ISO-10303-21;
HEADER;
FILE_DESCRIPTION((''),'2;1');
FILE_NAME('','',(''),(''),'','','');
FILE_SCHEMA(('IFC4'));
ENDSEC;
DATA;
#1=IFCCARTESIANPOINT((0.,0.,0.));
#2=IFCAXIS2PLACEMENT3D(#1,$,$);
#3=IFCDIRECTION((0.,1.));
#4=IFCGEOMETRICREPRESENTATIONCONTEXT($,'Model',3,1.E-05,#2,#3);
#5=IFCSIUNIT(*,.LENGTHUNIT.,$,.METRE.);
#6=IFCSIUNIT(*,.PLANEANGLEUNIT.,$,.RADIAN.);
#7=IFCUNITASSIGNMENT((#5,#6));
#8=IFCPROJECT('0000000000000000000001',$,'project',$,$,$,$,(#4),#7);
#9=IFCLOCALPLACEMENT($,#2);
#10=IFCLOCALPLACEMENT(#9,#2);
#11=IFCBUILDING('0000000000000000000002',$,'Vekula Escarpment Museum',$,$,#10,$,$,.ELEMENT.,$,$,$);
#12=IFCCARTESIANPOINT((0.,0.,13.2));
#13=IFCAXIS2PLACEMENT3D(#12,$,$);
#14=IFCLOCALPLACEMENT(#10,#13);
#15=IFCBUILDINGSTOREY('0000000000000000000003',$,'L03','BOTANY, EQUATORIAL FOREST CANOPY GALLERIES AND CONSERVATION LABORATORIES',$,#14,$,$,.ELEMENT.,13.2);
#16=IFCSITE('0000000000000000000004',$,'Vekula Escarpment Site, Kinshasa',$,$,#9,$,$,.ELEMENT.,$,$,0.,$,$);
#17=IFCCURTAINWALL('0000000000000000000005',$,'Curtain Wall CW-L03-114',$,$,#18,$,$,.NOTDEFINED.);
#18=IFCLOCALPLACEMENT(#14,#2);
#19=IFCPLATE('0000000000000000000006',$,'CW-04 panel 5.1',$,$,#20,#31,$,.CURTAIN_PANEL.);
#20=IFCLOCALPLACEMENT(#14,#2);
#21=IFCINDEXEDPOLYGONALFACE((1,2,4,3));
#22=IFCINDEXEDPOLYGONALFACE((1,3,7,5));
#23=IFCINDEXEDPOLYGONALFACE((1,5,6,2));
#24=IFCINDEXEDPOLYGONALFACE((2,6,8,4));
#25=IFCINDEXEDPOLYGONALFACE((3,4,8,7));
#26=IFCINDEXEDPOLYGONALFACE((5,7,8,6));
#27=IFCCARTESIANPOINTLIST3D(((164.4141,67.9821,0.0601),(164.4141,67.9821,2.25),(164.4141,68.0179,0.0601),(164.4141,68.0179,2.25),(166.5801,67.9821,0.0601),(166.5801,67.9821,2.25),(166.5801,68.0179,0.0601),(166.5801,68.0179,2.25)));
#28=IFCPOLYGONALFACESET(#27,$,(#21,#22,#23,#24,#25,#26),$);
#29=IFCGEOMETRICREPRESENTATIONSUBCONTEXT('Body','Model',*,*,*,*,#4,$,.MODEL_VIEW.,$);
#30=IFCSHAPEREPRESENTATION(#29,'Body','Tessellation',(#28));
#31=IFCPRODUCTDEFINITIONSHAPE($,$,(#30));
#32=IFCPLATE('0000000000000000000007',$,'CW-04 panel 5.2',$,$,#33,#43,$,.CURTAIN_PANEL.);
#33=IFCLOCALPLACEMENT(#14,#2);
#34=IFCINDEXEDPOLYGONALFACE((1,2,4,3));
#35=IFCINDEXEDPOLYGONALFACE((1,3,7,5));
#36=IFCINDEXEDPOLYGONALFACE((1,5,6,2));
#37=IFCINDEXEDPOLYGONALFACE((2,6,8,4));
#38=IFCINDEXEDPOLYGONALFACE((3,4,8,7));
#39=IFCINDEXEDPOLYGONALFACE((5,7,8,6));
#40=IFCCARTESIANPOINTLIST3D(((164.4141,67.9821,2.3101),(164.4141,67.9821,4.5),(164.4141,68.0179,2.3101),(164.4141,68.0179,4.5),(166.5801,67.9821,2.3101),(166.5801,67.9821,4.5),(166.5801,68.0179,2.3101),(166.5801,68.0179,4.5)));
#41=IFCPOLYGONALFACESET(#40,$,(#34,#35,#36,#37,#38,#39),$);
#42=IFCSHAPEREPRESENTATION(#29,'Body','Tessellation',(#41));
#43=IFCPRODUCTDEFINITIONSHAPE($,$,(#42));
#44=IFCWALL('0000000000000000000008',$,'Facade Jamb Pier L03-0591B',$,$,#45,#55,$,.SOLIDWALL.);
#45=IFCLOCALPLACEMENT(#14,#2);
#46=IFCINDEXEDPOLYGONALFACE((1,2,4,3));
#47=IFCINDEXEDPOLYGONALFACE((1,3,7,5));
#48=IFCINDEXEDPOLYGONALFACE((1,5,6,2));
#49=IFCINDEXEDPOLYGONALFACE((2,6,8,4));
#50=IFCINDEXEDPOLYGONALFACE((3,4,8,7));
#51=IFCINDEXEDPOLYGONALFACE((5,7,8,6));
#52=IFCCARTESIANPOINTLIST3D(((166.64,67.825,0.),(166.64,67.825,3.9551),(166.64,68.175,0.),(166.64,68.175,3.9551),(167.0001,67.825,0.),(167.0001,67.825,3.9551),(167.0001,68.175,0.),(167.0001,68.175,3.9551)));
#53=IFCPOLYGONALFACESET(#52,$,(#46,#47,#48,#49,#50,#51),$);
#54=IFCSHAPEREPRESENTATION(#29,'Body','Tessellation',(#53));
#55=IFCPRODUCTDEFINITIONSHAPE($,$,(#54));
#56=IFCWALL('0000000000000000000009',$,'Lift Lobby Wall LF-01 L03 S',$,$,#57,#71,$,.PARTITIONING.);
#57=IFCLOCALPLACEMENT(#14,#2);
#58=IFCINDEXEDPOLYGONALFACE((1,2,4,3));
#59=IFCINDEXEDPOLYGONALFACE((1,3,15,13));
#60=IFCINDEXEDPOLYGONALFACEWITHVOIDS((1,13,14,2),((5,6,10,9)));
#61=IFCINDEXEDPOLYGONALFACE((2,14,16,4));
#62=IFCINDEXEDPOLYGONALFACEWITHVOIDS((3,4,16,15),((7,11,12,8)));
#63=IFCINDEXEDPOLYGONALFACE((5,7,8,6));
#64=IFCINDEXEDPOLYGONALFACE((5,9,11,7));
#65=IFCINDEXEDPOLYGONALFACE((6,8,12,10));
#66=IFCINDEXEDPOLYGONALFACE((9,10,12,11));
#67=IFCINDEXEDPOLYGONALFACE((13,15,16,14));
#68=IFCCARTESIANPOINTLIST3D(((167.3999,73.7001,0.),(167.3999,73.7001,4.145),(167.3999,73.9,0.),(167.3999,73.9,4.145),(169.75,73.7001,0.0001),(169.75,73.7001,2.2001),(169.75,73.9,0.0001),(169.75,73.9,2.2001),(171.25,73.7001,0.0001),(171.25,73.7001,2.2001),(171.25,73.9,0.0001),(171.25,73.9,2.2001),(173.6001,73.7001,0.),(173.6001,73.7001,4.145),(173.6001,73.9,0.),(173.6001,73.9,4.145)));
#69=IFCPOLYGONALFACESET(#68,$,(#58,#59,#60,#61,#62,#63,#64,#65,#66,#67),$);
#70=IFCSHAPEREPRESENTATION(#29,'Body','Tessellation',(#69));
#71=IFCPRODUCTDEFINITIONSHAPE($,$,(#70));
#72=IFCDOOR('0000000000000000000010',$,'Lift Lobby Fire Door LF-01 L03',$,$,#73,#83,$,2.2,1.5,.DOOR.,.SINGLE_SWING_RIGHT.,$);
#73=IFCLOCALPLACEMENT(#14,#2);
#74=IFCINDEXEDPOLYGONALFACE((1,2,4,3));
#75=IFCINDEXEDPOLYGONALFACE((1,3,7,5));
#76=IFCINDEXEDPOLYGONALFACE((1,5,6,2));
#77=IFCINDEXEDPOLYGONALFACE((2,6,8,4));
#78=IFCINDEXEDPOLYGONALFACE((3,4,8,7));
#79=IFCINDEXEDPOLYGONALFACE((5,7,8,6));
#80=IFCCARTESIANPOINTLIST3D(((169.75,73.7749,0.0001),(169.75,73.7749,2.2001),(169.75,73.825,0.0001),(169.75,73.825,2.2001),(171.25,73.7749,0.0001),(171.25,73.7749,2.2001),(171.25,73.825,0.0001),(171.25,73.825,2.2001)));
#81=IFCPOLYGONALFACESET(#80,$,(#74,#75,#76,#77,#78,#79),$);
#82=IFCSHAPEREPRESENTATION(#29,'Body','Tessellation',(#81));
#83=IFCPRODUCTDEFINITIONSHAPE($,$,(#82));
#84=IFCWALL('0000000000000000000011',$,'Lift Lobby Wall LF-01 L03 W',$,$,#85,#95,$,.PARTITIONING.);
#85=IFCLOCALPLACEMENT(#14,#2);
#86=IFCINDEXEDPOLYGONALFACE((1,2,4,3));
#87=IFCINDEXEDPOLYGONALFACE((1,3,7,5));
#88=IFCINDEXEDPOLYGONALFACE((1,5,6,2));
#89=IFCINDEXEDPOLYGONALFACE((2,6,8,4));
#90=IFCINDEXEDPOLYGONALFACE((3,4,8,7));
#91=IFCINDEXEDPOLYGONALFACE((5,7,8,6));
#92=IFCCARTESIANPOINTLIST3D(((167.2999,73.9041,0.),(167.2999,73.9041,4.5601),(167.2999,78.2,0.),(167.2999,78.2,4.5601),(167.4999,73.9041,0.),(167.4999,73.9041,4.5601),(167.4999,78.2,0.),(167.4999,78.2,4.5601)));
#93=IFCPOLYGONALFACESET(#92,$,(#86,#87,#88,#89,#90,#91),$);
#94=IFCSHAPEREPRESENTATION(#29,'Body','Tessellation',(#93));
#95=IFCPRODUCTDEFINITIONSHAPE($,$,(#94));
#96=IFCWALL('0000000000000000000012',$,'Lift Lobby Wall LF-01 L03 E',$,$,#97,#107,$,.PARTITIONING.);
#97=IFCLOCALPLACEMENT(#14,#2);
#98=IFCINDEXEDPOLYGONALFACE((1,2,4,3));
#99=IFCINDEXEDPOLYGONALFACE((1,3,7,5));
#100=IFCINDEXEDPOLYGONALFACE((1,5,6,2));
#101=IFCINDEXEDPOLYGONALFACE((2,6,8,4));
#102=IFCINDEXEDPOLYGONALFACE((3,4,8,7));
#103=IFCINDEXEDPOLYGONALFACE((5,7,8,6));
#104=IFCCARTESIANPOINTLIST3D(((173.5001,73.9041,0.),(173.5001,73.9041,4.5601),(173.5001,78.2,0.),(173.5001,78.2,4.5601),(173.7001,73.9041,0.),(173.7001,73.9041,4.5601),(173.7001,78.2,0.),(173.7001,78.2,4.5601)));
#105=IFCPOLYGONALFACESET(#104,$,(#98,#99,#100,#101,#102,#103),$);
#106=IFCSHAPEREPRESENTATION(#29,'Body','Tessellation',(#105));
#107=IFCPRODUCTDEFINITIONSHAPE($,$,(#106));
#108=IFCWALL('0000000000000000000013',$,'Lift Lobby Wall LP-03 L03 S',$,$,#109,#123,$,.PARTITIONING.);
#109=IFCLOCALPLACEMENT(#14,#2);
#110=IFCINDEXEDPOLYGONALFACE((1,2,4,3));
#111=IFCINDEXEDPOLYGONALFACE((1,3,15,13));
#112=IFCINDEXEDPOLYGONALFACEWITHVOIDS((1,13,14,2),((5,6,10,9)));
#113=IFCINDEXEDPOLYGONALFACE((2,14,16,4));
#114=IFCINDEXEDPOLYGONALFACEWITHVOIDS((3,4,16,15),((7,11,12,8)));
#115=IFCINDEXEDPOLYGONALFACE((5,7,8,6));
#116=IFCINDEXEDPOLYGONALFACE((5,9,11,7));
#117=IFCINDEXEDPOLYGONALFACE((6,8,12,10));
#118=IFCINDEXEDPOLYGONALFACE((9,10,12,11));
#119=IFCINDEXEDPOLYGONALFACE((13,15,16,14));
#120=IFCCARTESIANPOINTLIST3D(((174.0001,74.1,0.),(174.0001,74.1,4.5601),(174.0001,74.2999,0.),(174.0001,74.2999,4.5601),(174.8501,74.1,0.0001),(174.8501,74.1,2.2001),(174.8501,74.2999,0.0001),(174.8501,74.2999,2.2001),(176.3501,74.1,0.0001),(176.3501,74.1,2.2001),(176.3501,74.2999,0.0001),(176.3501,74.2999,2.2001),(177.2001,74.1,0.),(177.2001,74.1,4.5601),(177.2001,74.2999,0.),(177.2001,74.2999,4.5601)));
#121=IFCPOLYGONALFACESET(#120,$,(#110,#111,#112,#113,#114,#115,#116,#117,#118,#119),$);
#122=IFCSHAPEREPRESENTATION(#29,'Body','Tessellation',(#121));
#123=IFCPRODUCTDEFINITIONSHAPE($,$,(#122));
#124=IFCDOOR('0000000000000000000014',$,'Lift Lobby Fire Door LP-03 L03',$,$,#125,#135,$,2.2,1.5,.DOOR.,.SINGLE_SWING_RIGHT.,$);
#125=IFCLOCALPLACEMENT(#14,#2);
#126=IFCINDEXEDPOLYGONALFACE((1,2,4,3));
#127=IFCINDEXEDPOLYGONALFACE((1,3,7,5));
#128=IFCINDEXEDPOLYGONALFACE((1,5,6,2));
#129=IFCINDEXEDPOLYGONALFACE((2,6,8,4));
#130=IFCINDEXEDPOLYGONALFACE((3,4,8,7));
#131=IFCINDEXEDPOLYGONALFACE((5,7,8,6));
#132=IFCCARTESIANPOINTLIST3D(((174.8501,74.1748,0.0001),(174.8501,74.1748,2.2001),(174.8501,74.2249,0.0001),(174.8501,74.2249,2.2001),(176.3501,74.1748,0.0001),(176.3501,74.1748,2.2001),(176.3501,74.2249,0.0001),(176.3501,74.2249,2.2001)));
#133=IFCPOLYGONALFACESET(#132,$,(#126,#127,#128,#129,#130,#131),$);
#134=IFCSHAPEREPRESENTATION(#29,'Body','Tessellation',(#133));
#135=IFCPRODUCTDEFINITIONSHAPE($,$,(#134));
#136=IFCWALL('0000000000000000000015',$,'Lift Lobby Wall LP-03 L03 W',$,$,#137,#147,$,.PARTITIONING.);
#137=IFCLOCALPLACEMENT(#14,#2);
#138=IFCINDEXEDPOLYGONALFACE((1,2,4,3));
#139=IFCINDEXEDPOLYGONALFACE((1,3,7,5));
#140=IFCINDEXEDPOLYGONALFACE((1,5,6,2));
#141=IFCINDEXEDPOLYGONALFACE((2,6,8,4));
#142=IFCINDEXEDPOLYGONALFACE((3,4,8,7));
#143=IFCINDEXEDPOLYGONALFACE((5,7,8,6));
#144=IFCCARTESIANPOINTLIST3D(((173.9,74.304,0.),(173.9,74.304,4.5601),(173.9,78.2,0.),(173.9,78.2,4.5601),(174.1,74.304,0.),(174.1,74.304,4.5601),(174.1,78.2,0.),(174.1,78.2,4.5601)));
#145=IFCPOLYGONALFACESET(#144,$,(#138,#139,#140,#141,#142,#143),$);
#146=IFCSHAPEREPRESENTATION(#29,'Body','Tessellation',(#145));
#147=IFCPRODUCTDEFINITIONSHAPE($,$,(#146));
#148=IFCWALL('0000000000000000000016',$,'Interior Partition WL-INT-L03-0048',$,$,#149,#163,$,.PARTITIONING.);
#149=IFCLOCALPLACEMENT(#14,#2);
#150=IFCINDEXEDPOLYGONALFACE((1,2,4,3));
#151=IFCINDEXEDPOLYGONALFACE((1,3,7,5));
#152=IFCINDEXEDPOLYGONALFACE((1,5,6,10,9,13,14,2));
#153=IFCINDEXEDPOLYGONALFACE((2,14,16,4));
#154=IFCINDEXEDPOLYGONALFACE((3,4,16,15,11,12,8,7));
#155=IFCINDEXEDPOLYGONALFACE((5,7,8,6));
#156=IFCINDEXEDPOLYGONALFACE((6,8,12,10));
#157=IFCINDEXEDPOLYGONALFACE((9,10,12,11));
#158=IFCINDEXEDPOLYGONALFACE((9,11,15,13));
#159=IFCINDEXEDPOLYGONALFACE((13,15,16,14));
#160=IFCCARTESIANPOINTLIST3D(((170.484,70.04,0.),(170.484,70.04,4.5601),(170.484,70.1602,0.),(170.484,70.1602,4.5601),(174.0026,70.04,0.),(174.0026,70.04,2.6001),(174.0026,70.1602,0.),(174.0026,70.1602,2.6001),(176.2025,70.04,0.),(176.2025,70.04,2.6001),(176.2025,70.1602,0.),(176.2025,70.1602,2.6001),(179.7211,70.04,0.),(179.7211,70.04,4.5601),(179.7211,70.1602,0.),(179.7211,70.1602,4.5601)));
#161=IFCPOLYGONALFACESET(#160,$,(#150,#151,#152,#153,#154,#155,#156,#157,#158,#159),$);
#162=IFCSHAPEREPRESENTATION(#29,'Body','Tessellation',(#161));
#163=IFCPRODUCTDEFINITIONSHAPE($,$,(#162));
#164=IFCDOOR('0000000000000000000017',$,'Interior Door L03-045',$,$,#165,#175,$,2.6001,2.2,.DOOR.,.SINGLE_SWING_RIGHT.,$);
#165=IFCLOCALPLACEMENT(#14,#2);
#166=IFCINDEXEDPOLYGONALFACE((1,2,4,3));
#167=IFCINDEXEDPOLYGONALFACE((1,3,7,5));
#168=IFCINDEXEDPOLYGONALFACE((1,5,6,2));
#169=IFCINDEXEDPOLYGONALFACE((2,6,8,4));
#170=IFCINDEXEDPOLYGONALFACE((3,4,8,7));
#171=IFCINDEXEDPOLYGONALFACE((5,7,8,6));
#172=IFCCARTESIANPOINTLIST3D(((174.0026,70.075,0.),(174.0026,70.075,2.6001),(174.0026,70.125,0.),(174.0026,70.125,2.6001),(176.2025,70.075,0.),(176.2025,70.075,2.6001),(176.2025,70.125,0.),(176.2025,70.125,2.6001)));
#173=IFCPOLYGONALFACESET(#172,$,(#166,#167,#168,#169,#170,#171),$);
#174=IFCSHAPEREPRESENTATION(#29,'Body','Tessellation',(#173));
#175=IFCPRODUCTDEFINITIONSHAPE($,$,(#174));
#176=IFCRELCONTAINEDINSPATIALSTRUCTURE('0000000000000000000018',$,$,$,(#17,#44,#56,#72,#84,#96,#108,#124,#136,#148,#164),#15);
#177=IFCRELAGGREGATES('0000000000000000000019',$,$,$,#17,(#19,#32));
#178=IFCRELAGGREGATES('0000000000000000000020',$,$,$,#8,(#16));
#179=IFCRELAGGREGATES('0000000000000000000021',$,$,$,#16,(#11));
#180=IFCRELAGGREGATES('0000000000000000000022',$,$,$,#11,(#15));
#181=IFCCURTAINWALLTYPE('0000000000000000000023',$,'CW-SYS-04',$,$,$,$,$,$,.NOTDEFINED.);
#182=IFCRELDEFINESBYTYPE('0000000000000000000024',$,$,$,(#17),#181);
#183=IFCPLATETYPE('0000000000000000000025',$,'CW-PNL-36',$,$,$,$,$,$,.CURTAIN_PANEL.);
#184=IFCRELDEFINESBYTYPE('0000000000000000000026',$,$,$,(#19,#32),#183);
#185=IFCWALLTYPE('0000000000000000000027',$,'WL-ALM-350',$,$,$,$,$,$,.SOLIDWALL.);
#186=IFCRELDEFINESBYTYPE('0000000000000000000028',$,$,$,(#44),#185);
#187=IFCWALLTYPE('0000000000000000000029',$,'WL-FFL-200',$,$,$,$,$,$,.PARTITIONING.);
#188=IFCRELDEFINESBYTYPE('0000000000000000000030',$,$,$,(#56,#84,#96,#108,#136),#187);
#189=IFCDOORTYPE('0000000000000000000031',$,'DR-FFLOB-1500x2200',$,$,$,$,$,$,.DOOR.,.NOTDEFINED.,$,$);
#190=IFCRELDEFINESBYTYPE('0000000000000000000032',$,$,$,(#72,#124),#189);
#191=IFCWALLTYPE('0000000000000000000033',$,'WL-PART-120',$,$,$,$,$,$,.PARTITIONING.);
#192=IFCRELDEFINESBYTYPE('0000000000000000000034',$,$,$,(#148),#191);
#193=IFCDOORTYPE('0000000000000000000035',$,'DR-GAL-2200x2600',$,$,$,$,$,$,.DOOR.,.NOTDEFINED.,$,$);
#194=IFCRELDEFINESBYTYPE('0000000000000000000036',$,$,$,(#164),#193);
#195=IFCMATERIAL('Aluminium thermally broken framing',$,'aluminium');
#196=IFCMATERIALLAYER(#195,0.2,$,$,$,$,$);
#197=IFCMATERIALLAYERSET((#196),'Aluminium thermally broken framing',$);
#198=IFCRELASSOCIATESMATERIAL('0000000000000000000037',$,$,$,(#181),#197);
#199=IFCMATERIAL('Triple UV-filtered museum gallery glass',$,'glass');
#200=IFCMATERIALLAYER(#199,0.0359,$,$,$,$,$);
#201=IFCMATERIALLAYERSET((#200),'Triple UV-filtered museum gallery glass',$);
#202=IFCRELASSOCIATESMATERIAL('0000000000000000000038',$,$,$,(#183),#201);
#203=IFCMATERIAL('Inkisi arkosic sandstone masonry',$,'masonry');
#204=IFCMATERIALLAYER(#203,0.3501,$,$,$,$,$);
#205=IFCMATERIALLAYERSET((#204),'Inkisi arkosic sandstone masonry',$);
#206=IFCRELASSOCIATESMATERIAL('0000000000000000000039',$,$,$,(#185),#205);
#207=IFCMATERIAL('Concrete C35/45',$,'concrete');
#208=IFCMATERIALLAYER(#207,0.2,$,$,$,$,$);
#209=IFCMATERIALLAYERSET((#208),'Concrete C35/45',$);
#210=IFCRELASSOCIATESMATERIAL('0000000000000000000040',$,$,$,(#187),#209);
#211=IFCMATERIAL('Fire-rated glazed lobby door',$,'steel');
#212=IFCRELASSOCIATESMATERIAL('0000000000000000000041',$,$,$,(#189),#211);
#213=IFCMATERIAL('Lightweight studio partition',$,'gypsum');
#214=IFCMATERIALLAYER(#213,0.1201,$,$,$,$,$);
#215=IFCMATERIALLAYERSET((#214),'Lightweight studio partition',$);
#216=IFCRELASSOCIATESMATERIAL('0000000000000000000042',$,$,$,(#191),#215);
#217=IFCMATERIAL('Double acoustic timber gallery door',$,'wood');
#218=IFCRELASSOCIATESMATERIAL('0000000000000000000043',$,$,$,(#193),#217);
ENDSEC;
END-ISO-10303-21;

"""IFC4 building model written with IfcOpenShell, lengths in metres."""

from ifc_helpers import new_model, si_unit, direction, frame, frame_2d, origin, origin_2d, place, context, subcontext, project, spatial, rectangle, extrude, material, layer, layer_set, type_object, element, fill, aggregate, save


model = new_model("IFC4")

# Units and contexts
model_context = context("Model", 3, precision=1e-05, world=origin(), true_north=direction((0.0, 1.0)))
body_context = subcontext(model_context, "Body", "Model", "MODEL_VIEW")
ifc_project = project(units=[si_unit("LENGTHUNIT", "METRE"), si_unit("PLANEANGLEUNIT", "RADIAN")], contexts=[model_context])

# Site, building, storey
site_placement = place(None, origin())
site = spatial("IfcSite", under=ifc_project, at=site_placement, Name="Vekula Escarpment Site, Kinshasa", CompositionType="ELEMENT", RefElevation=0.0)
building_placement = place(site_placement, origin())
building = spatial("IfcBuilding", under=site, at=building_placement, Name="Vekula Escarpment Museum", CompositionType="ELEMENT")
storey_placement = place(building_placement, frame((0.0, 0.0, 13.2)))
storey = spatial("IfcBuildingStorey", under=building, at=storey_placement, Name="L03", Description="BOTANY, EQUATORIAL FOREST CANOPY GALLERIES AND CONSERVATION LABORATORIES", CompositionType="ELEMENT", Elevation=13.2)

# Curtain wall, plates
ifc_material_1 = material(Name="Aluminium thermally broken framing", Category="aluminium")
ifc_layer_1 = layer(ifc_material_1, 0.2)
ifc_layer_set_1 = layer_set([ifc_layer_1], Name="Aluminium thermally broken framing")
curtain_wall_type = type_object("IfcCurtainWallType", Name="CW-SYS-04", PredefinedType="NOTDEFINED", material=ifc_layer_set_1)
curtain_wall_placement = place(storey_placement, origin())
curtain_wall = element("IfcCurtainWall", 1, at=curtain_wall_placement, inside=storey, type_object=curtain_wall_type, Name="Curtain Wall CW-L03-114", PredefinedType="NOTDEFINED")
ifc_material_2 = material(Name="Triple UV-filtered museum gallery glass", Category="glass")
ifc_layer_2 = layer(ifc_material_2, 0.0359)
ifc_layer_set_2 = layer_set([ifc_layer_2], Name="Triple UV-filtered museum gallery glass")
plate_type = type_object("IfcPlateType", Name="CW-PNL-36", PredefinedType="CURTAIN_PANEL", material=ifc_layer_set_2)
plate_1_placement = place(storey_placement, frame((165.4971, 68.0, 0.0601), z_axis=(0.0, 0.0, 1.0), x_axis=(1.0, 0.0, 0.0)))
plate_1 = element("IfcPlate", 2, at=plate_1_placement, type_object=plate_type, Name="CW-04 panel 5.1", PredefinedType="CURTAIN_PANEL", context=body_context, shape_type="SweptSolid", body=[
    extrude(rectangle(XDim=2.166, YDim=0.0359, at=origin_2d()), origin(), (0.0, 0.0, 1.0), 2.1899),
])
plate_2_placement = place(storey_placement, frame((165.4971, 68.0, 2.3101), z_axis=(0.0, 0.0, 1.0), x_axis=(1.0, 0.0, 0.0)))
plate_2 = element("IfcPlate", 3, at=plate_2_placement, type_object=plate_type, Name="CW-04 panel 5.2", PredefinedType="CURTAIN_PANEL", context=body_context, shape_type="SweptSolid", body=[
    extrude(rectangle(XDim=2.166, YDim=0.0359, at=origin_2d()), origin(), (0.0, 0.0, 1.0), 2.1899),
])
aggregate(curtain_wall, [plate_1, plate_2])

# Wall
ifc_material_3 = material(Name="Inkisi arkosic sandstone masonry", Category="masonry")
ifc_layer_3 = layer(ifc_material_3, 0.3501)
ifc_layer_set_3 = layer_set([ifc_layer_3], Name="Inkisi arkosic sandstone masonry")
wall_type_1 = type_object("IfcWallType", Name="WL-ALM-350", PredefinedType="SOLIDWALL", material=ifc_layer_set_3)
wall_1_placement = place(storey_placement, frame((166.6399, 68.0, 0.0), z_axis=(0.0, 0.0, 1.0), x_axis=(1.0, 0.0, 0.0)))
element("IfcWall", 4, at=wall_1_placement, inside=storey, type_object=wall_type_1, Name="Facade Jamb Pier L03-0591B", PredefinedType="SOLIDWALL", context=body_context, shape_type="SweptSolid", body=[
    extrude(rectangle(XDim=0.3601, YDim=0.3501, at=frame_2d((0.1802, 0.0))), origin(), (0.0, 0.0, 1.0), 3.9551),
])

# Wall, opening, door
ifc_material_4 = material(Name="Concrete C35/45", Category="concrete")
ifc_layer_4 = layer(ifc_material_4, 0.2)
ifc_layer_set_4 = layer_set([ifc_layer_4], Name="Concrete C35/45")
wall_type_2 = type_object("IfcWallType", Name="WL-FFL-200", PredefinedType="PARTITIONING", material=ifc_layer_set_4)
wall_2_placement = place(storey_placement, frame((167.3999, 73.8, 0.0), z_axis=(0.0, 0.0, 1.0), x_axis=(1.0, 0.0, 0.0)))
wall_2 = element("IfcWall", 5, at=wall_2_placement, inside=storey, type_object=wall_type_2, Name="Lift Lobby Wall LF-01 L03 S", PredefinedType="PARTITIONING", context=body_context, shape_type="SweptSolid", body=[
    extrude(rectangle(XDim=6.2002, YDim=0.2, at=frame_2d((3.1001, 0.0))), origin(), (0.0, 0.0, 1.0), 4.145),
])
opening_1_placement = place(wall_2_placement, frame((2.3501, 0.0, 0.0)))
opening_1 = element("IfcOpeningElement", 6, at=opening_1_placement, cuts=wall_2, PredefinedType="OPENING", context=body_context, shape_type="SweptSolid", body=[
    extrude(rectangle(XDim=1.5, YDim=2.2, at=frame_2d((0.75, 1.1001))), frame((0.0, 0.1099, 0.0), z_axis=(0.0, -1.0, 0.0), x_axis=(1.0, 0.0, 0.0)), (0.0, 0.0, 1.0), 0.22),
])
ifc_material_5 = material(Name="Fire-rated glazed lobby door", Category="steel")
door_type_1 = type_object("IfcDoorType", Name="DR-FFLOB-1500x2200", OperationType="NOTDEFINED", PredefinedType="DOOR", material=ifc_material_5)
door_1_placement = place(opening_1_placement, origin())
door_1 = element("IfcDoor", 7, at=door_1_placement, inside=storey, type_object=door_type_1, Name="Lift Lobby Fire Door LF-01 L03", OperationType="SINGLE_SWING_RIGHT", OverallHeight=2.2, OverallWidth=1.5, PredefinedType="DOOR", context=body_context, shape_type="SweptSolid", body=[
    extrude(rectangle(XDim=1.5, YDim=2.2, at=frame_2d((0.75, 1.1001))), frame((0.0, 0.0249, 0.0), z_axis=(0.0, -1.0, 0.0), x_axis=(1.0, 0.0, 0.0)), (0.0, 0.0, 1.0), 0.05),
])
fill(opening_1, door_1)

# Walls
for number, where, z_axis, x_axis, name in (
    (8, (167.3999, 73.9041, 0.0), (0.0, 0.0, 1.0), (0.0, 1.0, 0.0), "Lift Lobby Wall LF-01 L03 W"),
    (9, (173.6001, 73.9041, 0.0), (0.0, 0.0, 1.0), (0.0, 1.0, 0.0), "Lift Lobby Wall LF-01 L03 E"),
):
    element("IfcWall", number, at=place(storey_placement, frame(where, z_axis=z_axis, x_axis=x_axis)), inside=storey, type_object=wall_type_2, Name=name, PredefinedType="PARTITIONING", context=body_context, shape_type="SweptSolid", body=[
        extrude(rectangle(XDim=4.2959, YDim=0.2, at=frame_2d((2.1479, 0.0))), origin(), (0.0, 0.0, 1.0), 4.5601),
    ])

# Wall, opening, door
wall_3_placement = place(storey_placement, frame((174.0, 74.2, 0.0), z_axis=(0.0, 0.0, 1.0), x_axis=(1.0, 0.0, 0.0)))
wall_3 = element("IfcWall", 10, at=wall_3_placement, inside=storey, type_object=wall_type_2, Name="Lift Lobby Wall LP-03 L03 S", PredefinedType="PARTITIONING", context=body_context, shape_type="SweptSolid", body=[
    extrude(rectangle(XDim=3.2, YDim=0.2, at=frame_2d((1.6001, 0.0))), origin(), (0.0, 0.0, 1.0), 4.5601),
])
opening_2_placement = place(wall_3_placement, frame((0.8501, 0.0, 0.0)))
opening_2 = element("IfcOpeningElement", 11, at=opening_2_placement, cuts=wall_3, PredefinedType="OPENING", context=body_context, shape_type="SweptSolid", body=[
    extrude(rectangle(XDim=1.5, YDim=2.2, at=frame_2d((0.75, 1.1001))), frame((0.0, 0.1099, 0.0), z_axis=(0.0, -1.0, 0.0), x_axis=(1.0, 0.0, 0.0)), (0.0, 0.0, 1.0), 0.22),
])
door_2_placement = place(opening_2_placement, origin())
door_2 = element("IfcDoor", 12, at=door_2_placement, inside=storey, type_object=door_type_1, Name="Lift Lobby Fire Door LP-03 L03", OperationType="SINGLE_SWING_RIGHT", OverallHeight=2.2, OverallWidth=1.5, PredefinedType="DOOR", context=body_context, shape_type="SweptSolid", body=[
    extrude(rectangle(XDim=1.5, YDim=2.2, at=frame_2d((0.75, 1.1001))), frame((0.0, 0.0249, 0.0), z_axis=(0.0, -1.0, 0.0), x_axis=(1.0, 0.0, 0.0)), (0.0, 0.0, 1.0), 0.05),
])
fill(opening_2, door_2)

# Wall
wall_4_placement = place(storey_placement, frame((174.0, 74.304, 0.0), z_axis=(0.0, 0.0, 1.0), x_axis=(0.0, 1.0, 0.0)))
element("IfcWall", 13, at=wall_4_placement, inside=storey, type_object=wall_type_2, Name="Lift Lobby Wall LP-03 L03 W", PredefinedType="PARTITIONING", context=body_context, shape_type="SweptSolid", body=[
    extrude(rectangle(XDim=3.896, YDim=0.2, at=frame_2d((1.948, 0.0))), origin(), (0.0, 0.0, 1.0), 4.5601),
])

# Wall, opening, door
ifc_material_6 = material(Name="Lightweight studio partition", Category="gypsum")
ifc_layer_5 = layer(ifc_material_6, 0.1201)
ifc_layer_set_5 = layer_set([ifc_layer_5], Name="Lightweight studio partition")
wall_type_3 = type_object("IfcWallType", Name="WL-PART-120", PredefinedType="PARTITIONING", material=ifc_layer_set_5)
wall_5_placement = place(storey_placement, frame((170.4839, 70.1001, 0.0), z_axis=(0.0, 0.0, 1.0), x_axis=(1.0, 0.0, 0.0)))
wall_5 = element("IfcWall", 14, at=wall_5_placement, inside=storey, type_object=wall_type_3, Name="Interior Partition WL-INT-L03-0048", PredefinedType="PARTITIONING", context=body_context, shape_type="SweptSolid", body=[
    extrude(rectangle(XDim=9.2371, YDim=0.1201, at=frame_2d((4.6187, 0.0))), origin(), (0.0, 0.0, 1.0), 4.5601),
])
opening_3_placement = place(wall_5_placement, frame((3.5186, 0.0, 0.0)))
opening_3 = element("IfcOpeningElement", 15, at=opening_3_placement, cuts=wall_5, PredefinedType="OPENING", context=body_context, shape_type="SweptSolid", body=[
    extrude(rectangle(XDim=2.2, YDim=2.6001, at=frame_2d((1.1001, 1.3))), frame((0.0, 0.0701, 0.0), z_axis=(0.0, -1.0, 0.0), x_axis=(1.0, 0.0, 0.0)), (0.0, 0.0, 1.0), 0.1401),
])
ifc_material_7 = material(Name="Double acoustic timber gallery door", Category="wood")
door_type_2 = type_object("IfcDoorType", Name="DR-GAL-2200x2600", OperationType="NOTDEFINED", PredefinedType="DOOR", material=ifc_material_7)
door_3_placement = place(opening_3_placement, origin())
door_3 = element("IfcDoor", 16, at=door_3_placement, inside=storey, type_object=door_type_2, Name="Interior Door L03-045", OperationType="SINGLE_SWING_RIGHT", OverallHeight=2.6001, OverallWidth=2.2, PredefinedType="DOOR", context=body_context, shape_type="SweptSolid", body=[
    extrude(rectangle(XDim=2.2, YDim=2.6001, at=frame_2d((1.1001, 1.3))), frame((0.0, 0.0249, 0.0), z_axis=(0.0, -1.0, 0.0), x_axis=(1.0, 0.0, 0.0)), (0.0, 0.0, 1.0), 0.05),
])
fill(opening_3, door_3)

save(model, "model.ifc")
